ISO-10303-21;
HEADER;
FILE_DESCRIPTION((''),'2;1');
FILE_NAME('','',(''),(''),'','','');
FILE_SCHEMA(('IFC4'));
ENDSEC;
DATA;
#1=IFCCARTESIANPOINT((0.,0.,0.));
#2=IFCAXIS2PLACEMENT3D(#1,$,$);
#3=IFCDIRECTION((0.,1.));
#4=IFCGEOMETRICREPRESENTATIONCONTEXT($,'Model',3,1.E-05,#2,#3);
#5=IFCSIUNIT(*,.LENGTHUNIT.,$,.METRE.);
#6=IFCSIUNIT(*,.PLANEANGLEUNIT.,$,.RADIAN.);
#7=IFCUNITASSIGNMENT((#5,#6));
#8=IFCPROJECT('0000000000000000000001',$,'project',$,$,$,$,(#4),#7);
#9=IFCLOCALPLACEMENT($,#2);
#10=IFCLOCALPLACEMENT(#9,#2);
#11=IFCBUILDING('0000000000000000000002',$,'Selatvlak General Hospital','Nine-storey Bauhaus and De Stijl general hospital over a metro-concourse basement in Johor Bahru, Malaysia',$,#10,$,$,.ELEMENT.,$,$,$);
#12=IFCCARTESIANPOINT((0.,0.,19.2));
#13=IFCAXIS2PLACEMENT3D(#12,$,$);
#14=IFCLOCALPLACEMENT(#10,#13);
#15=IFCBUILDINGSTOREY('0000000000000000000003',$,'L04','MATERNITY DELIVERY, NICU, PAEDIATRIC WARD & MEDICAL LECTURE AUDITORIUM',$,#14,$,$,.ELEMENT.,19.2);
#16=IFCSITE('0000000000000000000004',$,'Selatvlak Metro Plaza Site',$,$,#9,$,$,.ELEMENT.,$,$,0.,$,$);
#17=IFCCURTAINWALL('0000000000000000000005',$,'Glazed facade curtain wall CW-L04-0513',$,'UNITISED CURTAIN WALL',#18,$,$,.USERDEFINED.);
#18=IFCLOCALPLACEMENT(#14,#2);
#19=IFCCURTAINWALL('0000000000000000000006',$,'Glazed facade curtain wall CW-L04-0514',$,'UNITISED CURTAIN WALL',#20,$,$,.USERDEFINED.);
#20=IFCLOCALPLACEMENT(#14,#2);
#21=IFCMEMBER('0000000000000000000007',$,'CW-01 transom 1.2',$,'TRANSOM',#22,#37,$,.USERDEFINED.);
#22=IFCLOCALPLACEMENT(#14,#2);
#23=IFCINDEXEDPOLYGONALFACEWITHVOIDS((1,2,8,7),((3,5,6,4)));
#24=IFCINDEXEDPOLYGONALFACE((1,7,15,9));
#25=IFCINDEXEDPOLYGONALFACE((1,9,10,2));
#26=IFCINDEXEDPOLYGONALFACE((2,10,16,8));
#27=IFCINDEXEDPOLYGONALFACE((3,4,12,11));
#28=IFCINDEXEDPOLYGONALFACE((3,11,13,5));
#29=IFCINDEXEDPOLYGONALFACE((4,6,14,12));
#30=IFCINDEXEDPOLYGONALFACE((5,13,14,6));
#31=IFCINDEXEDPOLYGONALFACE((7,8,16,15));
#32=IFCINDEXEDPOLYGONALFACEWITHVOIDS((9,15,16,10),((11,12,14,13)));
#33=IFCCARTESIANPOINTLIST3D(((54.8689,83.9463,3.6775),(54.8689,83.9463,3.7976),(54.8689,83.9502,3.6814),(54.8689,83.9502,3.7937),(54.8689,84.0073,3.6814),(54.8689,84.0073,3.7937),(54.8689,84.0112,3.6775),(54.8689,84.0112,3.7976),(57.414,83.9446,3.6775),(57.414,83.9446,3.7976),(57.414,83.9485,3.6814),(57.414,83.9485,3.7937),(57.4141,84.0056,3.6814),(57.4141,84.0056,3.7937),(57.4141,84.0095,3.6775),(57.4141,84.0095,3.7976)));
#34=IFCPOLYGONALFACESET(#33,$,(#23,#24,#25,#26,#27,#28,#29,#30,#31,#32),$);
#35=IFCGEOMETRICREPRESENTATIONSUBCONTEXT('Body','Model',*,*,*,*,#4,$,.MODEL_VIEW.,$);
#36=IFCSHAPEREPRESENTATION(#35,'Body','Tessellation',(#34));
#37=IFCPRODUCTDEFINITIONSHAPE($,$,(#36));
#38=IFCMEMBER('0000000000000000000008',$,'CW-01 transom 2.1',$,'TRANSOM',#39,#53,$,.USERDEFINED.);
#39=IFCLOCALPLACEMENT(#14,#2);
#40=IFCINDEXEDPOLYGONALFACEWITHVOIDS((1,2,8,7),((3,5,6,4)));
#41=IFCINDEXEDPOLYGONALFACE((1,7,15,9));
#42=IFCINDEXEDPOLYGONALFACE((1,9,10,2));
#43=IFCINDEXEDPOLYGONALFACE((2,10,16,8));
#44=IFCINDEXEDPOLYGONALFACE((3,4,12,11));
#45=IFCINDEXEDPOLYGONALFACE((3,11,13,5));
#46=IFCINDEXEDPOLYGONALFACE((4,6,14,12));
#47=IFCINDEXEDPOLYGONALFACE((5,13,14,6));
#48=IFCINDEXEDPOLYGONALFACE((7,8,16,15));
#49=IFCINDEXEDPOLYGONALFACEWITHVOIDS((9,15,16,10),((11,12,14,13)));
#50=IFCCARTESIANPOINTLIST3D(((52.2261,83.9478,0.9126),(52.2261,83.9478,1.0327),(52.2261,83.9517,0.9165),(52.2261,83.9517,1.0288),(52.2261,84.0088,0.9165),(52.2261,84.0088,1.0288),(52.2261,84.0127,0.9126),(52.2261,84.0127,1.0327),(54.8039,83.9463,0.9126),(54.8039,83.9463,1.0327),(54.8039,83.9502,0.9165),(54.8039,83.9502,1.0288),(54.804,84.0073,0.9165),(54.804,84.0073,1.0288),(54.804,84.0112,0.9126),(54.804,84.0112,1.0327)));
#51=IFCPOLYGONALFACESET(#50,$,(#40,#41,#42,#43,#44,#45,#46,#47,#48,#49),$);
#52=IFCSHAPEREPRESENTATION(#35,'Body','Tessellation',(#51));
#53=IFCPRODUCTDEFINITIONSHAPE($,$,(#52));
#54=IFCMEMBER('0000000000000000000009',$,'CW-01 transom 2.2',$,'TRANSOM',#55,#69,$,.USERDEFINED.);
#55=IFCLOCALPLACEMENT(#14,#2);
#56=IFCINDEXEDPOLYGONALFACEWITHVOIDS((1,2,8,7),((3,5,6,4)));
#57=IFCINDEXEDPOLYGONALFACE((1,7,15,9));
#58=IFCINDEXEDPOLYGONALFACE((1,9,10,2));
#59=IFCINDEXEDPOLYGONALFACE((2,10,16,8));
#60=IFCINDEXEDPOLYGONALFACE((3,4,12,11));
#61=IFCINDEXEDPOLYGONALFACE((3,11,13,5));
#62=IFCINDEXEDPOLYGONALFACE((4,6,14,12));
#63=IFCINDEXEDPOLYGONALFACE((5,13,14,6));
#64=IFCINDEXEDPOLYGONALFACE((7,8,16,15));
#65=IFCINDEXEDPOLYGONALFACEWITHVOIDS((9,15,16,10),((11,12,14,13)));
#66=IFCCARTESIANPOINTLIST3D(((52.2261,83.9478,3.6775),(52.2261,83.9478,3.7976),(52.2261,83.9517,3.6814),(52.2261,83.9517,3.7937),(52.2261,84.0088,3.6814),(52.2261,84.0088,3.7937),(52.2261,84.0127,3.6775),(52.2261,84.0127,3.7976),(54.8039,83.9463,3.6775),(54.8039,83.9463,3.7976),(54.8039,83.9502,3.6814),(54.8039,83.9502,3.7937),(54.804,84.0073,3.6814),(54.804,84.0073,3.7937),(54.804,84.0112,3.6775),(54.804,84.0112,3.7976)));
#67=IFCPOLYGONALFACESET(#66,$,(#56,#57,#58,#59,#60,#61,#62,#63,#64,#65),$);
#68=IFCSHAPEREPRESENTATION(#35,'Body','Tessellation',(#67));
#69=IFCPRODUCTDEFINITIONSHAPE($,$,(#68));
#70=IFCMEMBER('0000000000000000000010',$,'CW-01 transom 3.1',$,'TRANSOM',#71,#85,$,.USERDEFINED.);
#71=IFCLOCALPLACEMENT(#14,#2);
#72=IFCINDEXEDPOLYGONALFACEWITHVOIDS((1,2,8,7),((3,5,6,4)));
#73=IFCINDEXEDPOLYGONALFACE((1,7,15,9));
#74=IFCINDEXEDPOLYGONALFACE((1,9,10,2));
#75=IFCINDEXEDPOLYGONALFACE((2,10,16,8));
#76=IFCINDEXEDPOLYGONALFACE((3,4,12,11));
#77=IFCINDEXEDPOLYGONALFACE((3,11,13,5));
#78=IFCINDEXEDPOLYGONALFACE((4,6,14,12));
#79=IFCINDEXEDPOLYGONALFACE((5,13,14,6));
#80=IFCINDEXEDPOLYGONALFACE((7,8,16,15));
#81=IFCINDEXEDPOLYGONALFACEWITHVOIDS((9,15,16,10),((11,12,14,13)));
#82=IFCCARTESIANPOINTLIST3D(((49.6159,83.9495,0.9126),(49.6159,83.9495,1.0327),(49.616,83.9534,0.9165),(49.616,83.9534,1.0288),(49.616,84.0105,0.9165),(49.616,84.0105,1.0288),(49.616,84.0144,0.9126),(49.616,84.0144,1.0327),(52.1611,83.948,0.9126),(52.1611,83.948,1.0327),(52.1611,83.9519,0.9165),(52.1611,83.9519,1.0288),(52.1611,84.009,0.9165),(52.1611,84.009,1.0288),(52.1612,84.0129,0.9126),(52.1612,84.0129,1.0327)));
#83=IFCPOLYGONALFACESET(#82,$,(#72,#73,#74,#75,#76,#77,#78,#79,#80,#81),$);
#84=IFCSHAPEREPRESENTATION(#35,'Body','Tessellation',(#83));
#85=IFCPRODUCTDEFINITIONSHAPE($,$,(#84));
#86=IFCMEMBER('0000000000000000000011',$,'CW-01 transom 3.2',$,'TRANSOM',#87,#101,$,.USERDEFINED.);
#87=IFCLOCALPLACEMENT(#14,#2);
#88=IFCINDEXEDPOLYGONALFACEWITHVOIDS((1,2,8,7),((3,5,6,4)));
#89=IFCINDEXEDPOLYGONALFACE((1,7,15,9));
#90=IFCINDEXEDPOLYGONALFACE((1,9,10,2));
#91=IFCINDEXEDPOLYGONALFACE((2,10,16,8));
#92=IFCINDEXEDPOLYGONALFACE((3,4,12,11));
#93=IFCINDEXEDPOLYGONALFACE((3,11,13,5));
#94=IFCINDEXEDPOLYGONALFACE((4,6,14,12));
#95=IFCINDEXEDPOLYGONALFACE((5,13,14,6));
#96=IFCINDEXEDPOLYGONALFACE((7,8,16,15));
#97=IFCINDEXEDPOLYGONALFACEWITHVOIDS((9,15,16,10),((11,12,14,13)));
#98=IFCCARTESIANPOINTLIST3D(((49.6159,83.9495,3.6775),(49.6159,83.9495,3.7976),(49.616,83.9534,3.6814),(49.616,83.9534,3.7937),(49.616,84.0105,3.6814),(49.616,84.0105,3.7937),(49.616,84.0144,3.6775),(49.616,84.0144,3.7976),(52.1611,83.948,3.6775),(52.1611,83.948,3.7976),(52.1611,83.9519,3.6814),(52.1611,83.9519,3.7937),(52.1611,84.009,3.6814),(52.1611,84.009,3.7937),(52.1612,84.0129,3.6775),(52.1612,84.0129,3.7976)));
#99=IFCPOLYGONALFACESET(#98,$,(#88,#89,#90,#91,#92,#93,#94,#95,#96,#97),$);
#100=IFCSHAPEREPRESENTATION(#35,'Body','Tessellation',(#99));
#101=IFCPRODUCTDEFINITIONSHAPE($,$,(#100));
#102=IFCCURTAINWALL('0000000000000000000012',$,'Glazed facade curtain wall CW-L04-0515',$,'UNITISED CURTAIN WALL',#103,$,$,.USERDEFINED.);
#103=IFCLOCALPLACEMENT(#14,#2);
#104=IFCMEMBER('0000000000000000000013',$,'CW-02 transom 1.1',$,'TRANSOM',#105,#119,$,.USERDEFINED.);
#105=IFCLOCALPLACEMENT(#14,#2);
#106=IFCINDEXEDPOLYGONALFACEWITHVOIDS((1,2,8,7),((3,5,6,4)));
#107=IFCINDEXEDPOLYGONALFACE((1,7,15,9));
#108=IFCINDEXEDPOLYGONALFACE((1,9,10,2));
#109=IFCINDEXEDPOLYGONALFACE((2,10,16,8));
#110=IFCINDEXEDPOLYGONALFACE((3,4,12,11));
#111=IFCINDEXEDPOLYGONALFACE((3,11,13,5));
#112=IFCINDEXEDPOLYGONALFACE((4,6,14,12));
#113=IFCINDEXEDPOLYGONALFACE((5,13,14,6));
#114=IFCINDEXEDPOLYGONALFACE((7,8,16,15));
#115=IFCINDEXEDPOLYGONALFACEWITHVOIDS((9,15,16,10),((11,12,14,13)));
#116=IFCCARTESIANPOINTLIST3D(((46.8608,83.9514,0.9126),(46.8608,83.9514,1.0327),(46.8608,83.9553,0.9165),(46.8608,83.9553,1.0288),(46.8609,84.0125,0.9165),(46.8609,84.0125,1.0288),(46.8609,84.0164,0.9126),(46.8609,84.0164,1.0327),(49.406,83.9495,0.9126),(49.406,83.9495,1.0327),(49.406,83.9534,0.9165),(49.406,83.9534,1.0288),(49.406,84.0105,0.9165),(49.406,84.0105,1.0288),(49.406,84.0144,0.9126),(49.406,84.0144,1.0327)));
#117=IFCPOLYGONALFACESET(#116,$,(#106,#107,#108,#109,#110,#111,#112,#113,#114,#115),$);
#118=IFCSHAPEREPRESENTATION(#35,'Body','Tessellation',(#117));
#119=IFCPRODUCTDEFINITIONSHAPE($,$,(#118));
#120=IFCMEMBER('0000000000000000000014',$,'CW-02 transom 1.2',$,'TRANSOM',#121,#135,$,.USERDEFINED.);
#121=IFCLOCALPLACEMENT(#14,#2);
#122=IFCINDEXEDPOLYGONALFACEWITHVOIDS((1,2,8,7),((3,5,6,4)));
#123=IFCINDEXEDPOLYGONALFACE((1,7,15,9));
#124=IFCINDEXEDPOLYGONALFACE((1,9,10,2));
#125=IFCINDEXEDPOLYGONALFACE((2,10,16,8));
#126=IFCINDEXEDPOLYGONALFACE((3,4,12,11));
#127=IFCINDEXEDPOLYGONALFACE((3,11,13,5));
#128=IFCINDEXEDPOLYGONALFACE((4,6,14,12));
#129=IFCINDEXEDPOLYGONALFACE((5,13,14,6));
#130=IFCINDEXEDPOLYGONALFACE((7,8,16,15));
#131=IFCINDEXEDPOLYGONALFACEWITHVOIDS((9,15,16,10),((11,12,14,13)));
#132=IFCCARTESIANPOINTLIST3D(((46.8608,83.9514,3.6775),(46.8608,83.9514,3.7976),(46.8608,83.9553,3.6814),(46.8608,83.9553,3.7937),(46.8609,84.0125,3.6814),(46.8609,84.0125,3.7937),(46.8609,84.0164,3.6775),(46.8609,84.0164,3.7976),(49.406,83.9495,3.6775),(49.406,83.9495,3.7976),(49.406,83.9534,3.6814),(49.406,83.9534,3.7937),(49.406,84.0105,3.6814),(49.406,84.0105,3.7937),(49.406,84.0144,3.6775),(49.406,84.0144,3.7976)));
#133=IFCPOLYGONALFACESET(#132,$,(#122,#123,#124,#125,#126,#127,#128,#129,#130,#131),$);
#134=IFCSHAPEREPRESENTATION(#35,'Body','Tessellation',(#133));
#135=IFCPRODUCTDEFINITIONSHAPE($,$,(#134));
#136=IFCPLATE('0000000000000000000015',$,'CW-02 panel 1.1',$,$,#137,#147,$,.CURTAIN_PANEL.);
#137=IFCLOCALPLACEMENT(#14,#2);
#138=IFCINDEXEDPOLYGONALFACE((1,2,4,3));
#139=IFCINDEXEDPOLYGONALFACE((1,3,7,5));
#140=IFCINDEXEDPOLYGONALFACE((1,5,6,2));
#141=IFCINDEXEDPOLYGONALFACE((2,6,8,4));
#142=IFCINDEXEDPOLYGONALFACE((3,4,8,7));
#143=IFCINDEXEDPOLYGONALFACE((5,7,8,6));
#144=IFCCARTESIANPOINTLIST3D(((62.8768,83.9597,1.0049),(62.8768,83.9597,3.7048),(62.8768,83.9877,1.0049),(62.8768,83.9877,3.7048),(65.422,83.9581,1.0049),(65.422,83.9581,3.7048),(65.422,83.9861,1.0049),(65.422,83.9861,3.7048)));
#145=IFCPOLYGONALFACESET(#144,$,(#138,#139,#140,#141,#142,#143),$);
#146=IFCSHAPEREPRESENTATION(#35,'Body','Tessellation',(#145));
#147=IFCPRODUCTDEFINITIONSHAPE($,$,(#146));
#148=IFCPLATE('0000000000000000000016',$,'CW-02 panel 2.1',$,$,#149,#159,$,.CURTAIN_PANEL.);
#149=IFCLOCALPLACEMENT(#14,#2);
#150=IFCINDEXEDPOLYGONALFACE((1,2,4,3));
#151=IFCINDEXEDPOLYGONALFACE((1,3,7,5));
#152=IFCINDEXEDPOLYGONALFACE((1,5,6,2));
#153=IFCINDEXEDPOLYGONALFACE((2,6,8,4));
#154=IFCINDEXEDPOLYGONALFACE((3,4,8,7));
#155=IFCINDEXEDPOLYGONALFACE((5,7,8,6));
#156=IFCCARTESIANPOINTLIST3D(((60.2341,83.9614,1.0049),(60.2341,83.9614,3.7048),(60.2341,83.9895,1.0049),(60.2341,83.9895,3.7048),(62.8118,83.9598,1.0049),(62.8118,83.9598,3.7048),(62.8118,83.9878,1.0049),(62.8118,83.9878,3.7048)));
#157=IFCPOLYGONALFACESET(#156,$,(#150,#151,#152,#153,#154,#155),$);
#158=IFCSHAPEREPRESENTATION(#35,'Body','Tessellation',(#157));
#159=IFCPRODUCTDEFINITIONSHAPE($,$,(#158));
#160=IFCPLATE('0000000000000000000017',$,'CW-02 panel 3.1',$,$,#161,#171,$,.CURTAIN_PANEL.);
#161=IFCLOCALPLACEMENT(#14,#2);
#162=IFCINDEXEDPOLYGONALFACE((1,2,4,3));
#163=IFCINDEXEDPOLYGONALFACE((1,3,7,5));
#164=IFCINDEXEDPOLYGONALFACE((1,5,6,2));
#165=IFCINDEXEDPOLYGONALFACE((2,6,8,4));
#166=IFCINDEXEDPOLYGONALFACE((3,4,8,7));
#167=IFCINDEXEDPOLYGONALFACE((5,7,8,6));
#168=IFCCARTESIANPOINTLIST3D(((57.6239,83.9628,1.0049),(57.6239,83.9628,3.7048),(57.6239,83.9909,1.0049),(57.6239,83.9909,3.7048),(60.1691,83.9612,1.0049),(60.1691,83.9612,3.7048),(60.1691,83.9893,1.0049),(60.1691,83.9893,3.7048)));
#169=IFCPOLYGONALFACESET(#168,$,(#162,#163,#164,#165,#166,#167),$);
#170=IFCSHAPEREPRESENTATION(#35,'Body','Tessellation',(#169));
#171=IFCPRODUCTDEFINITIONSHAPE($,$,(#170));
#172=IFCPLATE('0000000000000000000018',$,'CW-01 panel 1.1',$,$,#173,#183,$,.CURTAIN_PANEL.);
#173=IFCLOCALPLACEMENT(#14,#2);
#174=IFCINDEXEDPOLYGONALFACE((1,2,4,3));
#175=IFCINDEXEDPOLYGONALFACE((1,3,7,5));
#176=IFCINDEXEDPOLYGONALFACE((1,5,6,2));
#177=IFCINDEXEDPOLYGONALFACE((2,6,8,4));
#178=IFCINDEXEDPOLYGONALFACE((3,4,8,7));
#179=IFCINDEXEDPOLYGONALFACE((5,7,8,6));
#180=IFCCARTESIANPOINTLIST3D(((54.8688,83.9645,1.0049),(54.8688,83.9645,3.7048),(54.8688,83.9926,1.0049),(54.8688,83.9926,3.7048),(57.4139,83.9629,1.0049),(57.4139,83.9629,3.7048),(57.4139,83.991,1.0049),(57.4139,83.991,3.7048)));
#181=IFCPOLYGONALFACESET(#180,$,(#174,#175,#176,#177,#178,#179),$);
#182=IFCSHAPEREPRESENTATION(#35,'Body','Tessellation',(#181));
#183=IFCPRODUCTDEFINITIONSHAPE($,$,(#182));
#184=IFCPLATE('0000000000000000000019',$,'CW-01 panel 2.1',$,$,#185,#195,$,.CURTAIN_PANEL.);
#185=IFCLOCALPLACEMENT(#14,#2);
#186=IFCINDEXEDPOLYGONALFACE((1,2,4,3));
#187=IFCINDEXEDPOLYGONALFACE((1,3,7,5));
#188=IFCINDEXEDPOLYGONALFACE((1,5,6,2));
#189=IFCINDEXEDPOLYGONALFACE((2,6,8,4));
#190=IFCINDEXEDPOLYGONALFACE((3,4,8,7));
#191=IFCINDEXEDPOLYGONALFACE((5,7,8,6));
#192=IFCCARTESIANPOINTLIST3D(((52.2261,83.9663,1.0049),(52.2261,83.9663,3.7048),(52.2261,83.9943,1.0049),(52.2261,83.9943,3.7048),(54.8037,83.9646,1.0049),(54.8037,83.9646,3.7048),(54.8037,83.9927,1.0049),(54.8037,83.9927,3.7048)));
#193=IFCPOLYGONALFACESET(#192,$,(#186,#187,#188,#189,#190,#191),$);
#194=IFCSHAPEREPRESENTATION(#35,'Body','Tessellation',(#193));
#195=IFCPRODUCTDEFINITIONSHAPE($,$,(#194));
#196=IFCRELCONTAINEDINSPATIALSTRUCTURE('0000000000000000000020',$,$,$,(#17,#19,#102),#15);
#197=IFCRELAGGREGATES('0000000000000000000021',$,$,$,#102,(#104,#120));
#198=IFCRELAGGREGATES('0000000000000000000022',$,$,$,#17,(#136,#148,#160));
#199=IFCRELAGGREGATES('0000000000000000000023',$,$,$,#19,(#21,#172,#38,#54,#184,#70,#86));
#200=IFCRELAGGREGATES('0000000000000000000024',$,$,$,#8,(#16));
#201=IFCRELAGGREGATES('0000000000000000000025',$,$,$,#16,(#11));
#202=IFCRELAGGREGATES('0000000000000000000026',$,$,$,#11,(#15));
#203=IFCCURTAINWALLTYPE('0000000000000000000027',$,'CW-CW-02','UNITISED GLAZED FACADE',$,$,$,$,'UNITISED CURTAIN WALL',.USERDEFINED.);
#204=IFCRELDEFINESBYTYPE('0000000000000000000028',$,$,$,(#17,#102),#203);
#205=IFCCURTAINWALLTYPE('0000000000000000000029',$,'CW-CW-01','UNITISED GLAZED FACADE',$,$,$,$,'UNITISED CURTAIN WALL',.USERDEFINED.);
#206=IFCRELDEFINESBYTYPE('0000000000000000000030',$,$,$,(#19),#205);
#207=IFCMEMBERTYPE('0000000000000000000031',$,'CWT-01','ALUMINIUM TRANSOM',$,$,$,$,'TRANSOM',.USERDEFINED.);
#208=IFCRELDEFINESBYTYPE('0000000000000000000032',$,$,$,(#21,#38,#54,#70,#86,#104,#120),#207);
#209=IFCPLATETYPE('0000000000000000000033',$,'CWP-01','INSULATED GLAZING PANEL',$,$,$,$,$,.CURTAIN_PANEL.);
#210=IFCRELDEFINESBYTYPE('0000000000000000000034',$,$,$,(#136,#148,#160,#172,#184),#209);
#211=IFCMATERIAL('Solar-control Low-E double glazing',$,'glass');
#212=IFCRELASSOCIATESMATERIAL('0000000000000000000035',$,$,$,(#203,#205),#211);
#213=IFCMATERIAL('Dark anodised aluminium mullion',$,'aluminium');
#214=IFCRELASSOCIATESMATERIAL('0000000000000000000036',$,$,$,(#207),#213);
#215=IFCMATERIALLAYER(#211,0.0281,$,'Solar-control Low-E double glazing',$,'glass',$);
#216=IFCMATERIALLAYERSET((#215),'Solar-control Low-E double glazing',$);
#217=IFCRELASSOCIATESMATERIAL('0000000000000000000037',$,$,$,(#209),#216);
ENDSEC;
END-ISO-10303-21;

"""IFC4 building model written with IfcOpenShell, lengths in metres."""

from ifc_helpers import new_model, si_unit, direction, frame, origin, origin_2d, place, context, subcontext, project, spatial, rectangle, hollow_rectangle, extrude, material, layer, layer_set, material_profile, profile_set, type_object, element, aggregate, save


model = new_model("IFC4")

# Units and contexts
model_context = context("Model", 3, precision=1e-05, world=origin(), true_north=direction((0.0, 1.0)))
body_context = subcontext(model_context, "Body", "Model", "MODEL_VIEW")
ifc_project = project(units=[si_unit("LENGTHUNIT", "METRE"), si_unit("PLANEANGLEUNIT", "RADIAN")], contexts=[model_context])

# Site, building, storey
site_placement = place(None, origin())
site = spatial("IfcSite", under=ifc_project, at=site_placement, Name="Selatvlak Metro Plaza Site", CompositionType="ELEMENT", RefElevation=0.0)
building_placement = place(site_placement, origin())
building = spatial("IfcBuilding", under=site, at=building_placement, Name="Selatvlak General Hospital", Description="Nine-storey Bauhaus and De Stijl general hospital over a metro-concourse basement in Johor Bahru, Malaysia", CompositionType="ELEMENT")
storey_placement = place(building_placement, frame((0.0, 0.0, 19.2)))
storey = spatial("IfcBuildingStorey", under=building, at=storey_placement, Name="L04", Description="MATERNITY DELIVERY, NICU, PAEDIATRIC WARD & MEDICAL LECTURE AUDITORIUM", CompositionType="ELEMENT", Elevation=19.2)

# Curtain walls
ifc_material_1 = material(Name="Solar-control Low-E double glazing", Category="glass")
curtain_wall_type_1 = type_object("IfcCurtainWallType", Name="CW-CW-02", Description="UNITISED GLAZED FACADE", ElementType="UNITISED CURTAIN WALL", PredefinedType="USERDEFINED", material=ifc_material_1)
curtain_wall_1_placement = place(storey_placement, origin())
curtain_wall_1 = element("IfcCurtainWall", 1, at=curtain_wall_1_placement, inside=storey, type_object=curtain_wall_type_1, Name="Glazed facade curtain wall CW-L04-0513", ObjectType="UNITISED CURTAIN WALL", PredefinedType="USERDEFINED")
ifc_material_2 = material(Name="Dark anodised aluminium mullion", Category="aluminium")
curtain_wall_type_2 = type_object("IfcCurtainWallType", Name="CW-CW-01", Description="UNITISED GLAZED FACADE", ElementType="UNITISED CURTAIN WALL", PredefinedType="USERDEFINED", material=ifc_material_1)
curtain_wall_2_placement = place(storey_placement, origin())
curtain_wall_2 = element("IfcCurtainWall", 2, at=curtain_wall_2_placement, inside=storey, type_object=curtain_wall_type_2, Name="Glazed facade curtain wall CW-L04-0514", ObjectType="UNITISED CURTAIN WALL", PredefinedType="USERDEFINED")

# Members
ifc_material_profile_1 = material_profile(ifc_material_2, hollow_rectangle(XDim=0.0649, YDim=0.1201, WallThickness=0.0039, at=origin_2d()), Name="AL-TRN 65x120x4")
ifc_profile_set_1 = profile_set([ifc_material_profile_1], Name="Dark anodised aluminium mullion")
member_type_1 = type_object("IfcMemberType", Name="CWT-01", Description="ALUMINIUM TRANSOM", ElementType="TRANSOM", PredefinedType="USERDEFINED", material=ifc_profile_set_1)
member_1_placement = place(storey_placement, frame((57.4141, 83.9771, 3.7375), z_axis=(-1.0, 0.000671, 0.0), x_axis=(-0.000671, -1.0, 0.0)))
member_1 = element("IfcMember", 3, at=member_1_placement, type_object=member_type_1, Name="CW-01 transom 1.2", ObjectType="TRANSOM", PredefinedType="USERDEFINED", context=body_context, shape_type="SweptSolid", body=[
    extrude(hollow_rectangle(XDim=0.0649, YDim=0.1201, WallThickness=0.0039, at=origin_2d()), origin(), (0.0, 0.0, 1.0), 2.5452),
])
member_2_placement = place(storey_placement, frame((54.804, 83.9788, 0.9727), z_axis=(-1.0, 0.000568, 0.0), x_axis=(-0.000568, -1.0, 0.0)))
member_2 = element("IfcMember", 4, at=member_2_placement, type_object=member_type_1, Name="CW-01 transom 2.1", ObjectType="TRANSOM", PredefinedType="USERDEFINED", context=body_context, shape_type="SweptSolid", body=[
    extrude(hollow_rectangle(XDim=0.0649, YDim=0.1201, WallThickness=0.0039, at=origin_2d()), origin(), (0.0, 0.0, 1.0), 2.5779),
])
member_3_placement = place(storey_placement, frame((54.804, 83.9788, 3.7375), z_axis=(-1.0, 0.000568, 0.0), x_axis=(-0.000568, -1.0, 0.0)))
member_3 = element("IfcMember", 5, at=member_3_placement, type_object=member_type_1, Name="CW-01 transom 2.2", ObjectType="TRANSOM", PredefinedType="USERDEFINED", context=body_context, shape_type="SweptSolid", body=[
    extrude(hollow_rectangle(XDim=0.0649, YDim=0.1201, WallThickness=0.0039, at=origin_2d()), origin(), (0.0, 0.0, 1.0), 2.5779),
])
member_4_placement = place(storey_placement, frame((52.1611, 83.9805, 0.9727), z_axis=(-1.0, 0.000576, 0.0), x_axis=(-0.000576, -1.0, 0.0)))
member_4 = element("IfcMember", 6, at=member_4_placement, type_object=member_type_1, Name="CW-01 transom 3.1", ObjectType="TRANSOM", PredefinedType="USERDEFINED", context=body_context, shape_type="SweptSolid", body=[
    extrude(hollow_rectangle(XDim=0.0649, YDim=0.1201, WallThickness=0.0039, at=origin_2d()), origin(), (0.0, 0.0, 1.0), 2.5452),
])
member_5_placement = place(storey_placement, frame((52.1611, 83.9805, 3.7375), z_axis=(-1.0, 0.000576, 0.0), x_axis=(-0.000576, -1.0, 0.0)))
member_5 = element("IfcMember", 7, at=member_5_placement, type_object=member_type_1, Name="CW-01 transom 3.2", ObjectType="TRANSOM", PredefinedType="USERDEFINED", context=body_context, shape_type="SweptSolid", body=[
    extrude(hollow_rectangle(XDim=0.0649, YDim=0.1201, WallThickness=0.0039, at=origin_2d()), origin(), (0.0, 0.0, 1.0), 2.5452),
])

# Curtain wall, members
curtain_wall_3_placement = place(storey_placement, origin())
curtain_wall_3 = element("IfcCurtainWall", 8, at=curtain_wall_3_placement, inside=storey, type_object=curtain_wall_type_1, Name="Glazed facade curtain wall CW-L04-0515", ObjectType="UNITISED CURTAIN WALL", PredefinedType="USERDEFINED")
member_6_placement = place(storey_placement, frame((49.406, 83.9819, 0.9727), z_axis=(-1.0, 0.000767, 0.0), x_axis=(-0.000767, -1.0, 0.0)))
member_6 = element("IfcMember", 9, at=member_6_placement, type_object=member_type_1, Name="CW-02 transom 1.1", ObjectType="TRANSOM", PredefinedType="USERDEFINED", context=body_context, shape_type="SweptSolid", body=[
    extrude(hollow_rectangle(XDim=0.0649, YDim=0.1201, WallThickness=0.0039, at=origin_2d()), origin(), (0.0, 0.0, 1.0), 2.5452),
])
member_7_placement = place(storey_placement, frame((49.406, 83.9819, 3.7375), z_axis=(-1.0, 0.000767, 0.0), x_axis=(-0.000767, -1.0, 0.0)))
member_7 = element("IfcMember", 10, at=member_7_placement, type_object=member_type_1, Name="CW-02 transom 1.2", ObjectType="TRANSOM", PredefinedType="USERDEFINED", context=body_context, shape_type="SweptSolid", body=[
    extrude(hollow_rectangle(XDim=0.0649, YDim=0.1201, WallThickness=0.0039, at=origin_2d()), origin(), (0.0, 0.0, 1.0), 2.5452),
])
aggregate(curtain_wall_3, [member_6, member_7])

# Plates
ifc_layer_1 = layer(ifc_material_1, 0.0281, Name="Solar-control Low-E double glazing", Category="glass")
ifc_layer_set_1 = layer_set([ifc_layer_1], Name="Solar-control Low-E double glazing")
plate_type = type_object("IfcPlateType", Name="CWP-01", Description="INSULATED GLAZING PANEL", PredefinedType="CURTAIN_PANEL", material=ifc_layer_set_1)
plate_1_placement = place(storey_placement, frame((64.1494, 83.9729, 1.0049), z_axis=(0.0, 0.0, 1.0), x_axis=(-1.0, 0.000631, 0.0)))
plate_1 = element("IfcPlate", 11, at=plate_1_placement, type_object=plate_type, Name="CW-02 panel 1.1", PredefinedType="CURTAIN_PANEL", context=body_context, shape_type="SweptSolid", body=[
    extrude(rectangle(XDim=2.5452, YDim=0.0281, at=origin_2d()), origin(), (0.0, 0.0, 1.0), 2.7),
])
plate_2_placement = place(storey_placement, frame((61.5229, 83.9746, 1.0049), z_axis=(0.0, 0.0, 1.0), x_axis=(-1.0, 0.000631, 0.0)))
plate_2 = element("IfcPlate", 12, at=plate_2_placement, type_object=plate_type, Name="CW-02 panel 2.1", PredefinedType="CURTAIN_PANEL", context=body_context, shape_type="SweptSolid", body=[
    extrude(rectangle(XDim=2.5776, YDim=0.0281, at=origin_2d()), origin(), (0.0, 0.0, 1.0), 2.7),
])
plate_3_placement = place(storey_placement, frame((58.8965, 83.9761, 1.0049), z_axis=(0.0, 0.0, 1.0), x_axis=(-1.0, 0.000631, 0.0)))
plate_3 = element("IfcPlate", 13, at=plate_3_placement, type_object=plate_type, Name="CW-02 panel 3.1", PredefinedType="CURTAIN_PANEL", context=body_context, shape_type="SweptSolid", body=[
    extrude(rectangle(XDim=2.5452, YDim=0.0281, at=origin_2d()), origin(), (0.0, 0.0, 1.0), 2.7),
])
aggregate(curtain_wall_1, [plate_1, plate_2, plate_3])
plate_4_placement = place(storey_placement, frame((56.1414, 83.9778, 1.0049), z_axis=(0.0, 0.0, 1.0), x_axis=(-1.0, 0.000631, 0.0)))
plate_4 = element("IfcPlate", 14, at=plate_4_placement, type_object=plate_type, Name="CW-01 panel 1.1", PredefinedType="CURTAIN_PANEL", context=body_context, shape_type="SweptSolid", body=[
    extrude(rectangle(XDim=2.5452, YDim=0.0281, at=origin_2d()), origin(), (0.0, 0.0, 1.0), 2.7),
])
plate_5_placement = place(storey_placement, frame((53.5149, 83.9795, 1.0049), z_axis=(0.0, 0.0, 1.0), x_axis=(-1.0, 0.000631, 0.0)))
plate_5 = element("IfcPlate", 15, at=plate_5_placement, type_object=plate_type, Name="CW-01 panel 2.1", PredefinedType="CURTAIN_PANEL", context=body_context, shape_type="SweptSolid", body=[
    extrude(rectangle(XDim=2.5776, YDim=0.0281, at=origin_2d()), origin(), (0.0, 0.0, 1.0), 2.7),
])
aggregate(curtain_wall_2, [member_1, plate_4, member_2, member_3, plate_5, member_4, member_5])

save(model, "model.ifc")
